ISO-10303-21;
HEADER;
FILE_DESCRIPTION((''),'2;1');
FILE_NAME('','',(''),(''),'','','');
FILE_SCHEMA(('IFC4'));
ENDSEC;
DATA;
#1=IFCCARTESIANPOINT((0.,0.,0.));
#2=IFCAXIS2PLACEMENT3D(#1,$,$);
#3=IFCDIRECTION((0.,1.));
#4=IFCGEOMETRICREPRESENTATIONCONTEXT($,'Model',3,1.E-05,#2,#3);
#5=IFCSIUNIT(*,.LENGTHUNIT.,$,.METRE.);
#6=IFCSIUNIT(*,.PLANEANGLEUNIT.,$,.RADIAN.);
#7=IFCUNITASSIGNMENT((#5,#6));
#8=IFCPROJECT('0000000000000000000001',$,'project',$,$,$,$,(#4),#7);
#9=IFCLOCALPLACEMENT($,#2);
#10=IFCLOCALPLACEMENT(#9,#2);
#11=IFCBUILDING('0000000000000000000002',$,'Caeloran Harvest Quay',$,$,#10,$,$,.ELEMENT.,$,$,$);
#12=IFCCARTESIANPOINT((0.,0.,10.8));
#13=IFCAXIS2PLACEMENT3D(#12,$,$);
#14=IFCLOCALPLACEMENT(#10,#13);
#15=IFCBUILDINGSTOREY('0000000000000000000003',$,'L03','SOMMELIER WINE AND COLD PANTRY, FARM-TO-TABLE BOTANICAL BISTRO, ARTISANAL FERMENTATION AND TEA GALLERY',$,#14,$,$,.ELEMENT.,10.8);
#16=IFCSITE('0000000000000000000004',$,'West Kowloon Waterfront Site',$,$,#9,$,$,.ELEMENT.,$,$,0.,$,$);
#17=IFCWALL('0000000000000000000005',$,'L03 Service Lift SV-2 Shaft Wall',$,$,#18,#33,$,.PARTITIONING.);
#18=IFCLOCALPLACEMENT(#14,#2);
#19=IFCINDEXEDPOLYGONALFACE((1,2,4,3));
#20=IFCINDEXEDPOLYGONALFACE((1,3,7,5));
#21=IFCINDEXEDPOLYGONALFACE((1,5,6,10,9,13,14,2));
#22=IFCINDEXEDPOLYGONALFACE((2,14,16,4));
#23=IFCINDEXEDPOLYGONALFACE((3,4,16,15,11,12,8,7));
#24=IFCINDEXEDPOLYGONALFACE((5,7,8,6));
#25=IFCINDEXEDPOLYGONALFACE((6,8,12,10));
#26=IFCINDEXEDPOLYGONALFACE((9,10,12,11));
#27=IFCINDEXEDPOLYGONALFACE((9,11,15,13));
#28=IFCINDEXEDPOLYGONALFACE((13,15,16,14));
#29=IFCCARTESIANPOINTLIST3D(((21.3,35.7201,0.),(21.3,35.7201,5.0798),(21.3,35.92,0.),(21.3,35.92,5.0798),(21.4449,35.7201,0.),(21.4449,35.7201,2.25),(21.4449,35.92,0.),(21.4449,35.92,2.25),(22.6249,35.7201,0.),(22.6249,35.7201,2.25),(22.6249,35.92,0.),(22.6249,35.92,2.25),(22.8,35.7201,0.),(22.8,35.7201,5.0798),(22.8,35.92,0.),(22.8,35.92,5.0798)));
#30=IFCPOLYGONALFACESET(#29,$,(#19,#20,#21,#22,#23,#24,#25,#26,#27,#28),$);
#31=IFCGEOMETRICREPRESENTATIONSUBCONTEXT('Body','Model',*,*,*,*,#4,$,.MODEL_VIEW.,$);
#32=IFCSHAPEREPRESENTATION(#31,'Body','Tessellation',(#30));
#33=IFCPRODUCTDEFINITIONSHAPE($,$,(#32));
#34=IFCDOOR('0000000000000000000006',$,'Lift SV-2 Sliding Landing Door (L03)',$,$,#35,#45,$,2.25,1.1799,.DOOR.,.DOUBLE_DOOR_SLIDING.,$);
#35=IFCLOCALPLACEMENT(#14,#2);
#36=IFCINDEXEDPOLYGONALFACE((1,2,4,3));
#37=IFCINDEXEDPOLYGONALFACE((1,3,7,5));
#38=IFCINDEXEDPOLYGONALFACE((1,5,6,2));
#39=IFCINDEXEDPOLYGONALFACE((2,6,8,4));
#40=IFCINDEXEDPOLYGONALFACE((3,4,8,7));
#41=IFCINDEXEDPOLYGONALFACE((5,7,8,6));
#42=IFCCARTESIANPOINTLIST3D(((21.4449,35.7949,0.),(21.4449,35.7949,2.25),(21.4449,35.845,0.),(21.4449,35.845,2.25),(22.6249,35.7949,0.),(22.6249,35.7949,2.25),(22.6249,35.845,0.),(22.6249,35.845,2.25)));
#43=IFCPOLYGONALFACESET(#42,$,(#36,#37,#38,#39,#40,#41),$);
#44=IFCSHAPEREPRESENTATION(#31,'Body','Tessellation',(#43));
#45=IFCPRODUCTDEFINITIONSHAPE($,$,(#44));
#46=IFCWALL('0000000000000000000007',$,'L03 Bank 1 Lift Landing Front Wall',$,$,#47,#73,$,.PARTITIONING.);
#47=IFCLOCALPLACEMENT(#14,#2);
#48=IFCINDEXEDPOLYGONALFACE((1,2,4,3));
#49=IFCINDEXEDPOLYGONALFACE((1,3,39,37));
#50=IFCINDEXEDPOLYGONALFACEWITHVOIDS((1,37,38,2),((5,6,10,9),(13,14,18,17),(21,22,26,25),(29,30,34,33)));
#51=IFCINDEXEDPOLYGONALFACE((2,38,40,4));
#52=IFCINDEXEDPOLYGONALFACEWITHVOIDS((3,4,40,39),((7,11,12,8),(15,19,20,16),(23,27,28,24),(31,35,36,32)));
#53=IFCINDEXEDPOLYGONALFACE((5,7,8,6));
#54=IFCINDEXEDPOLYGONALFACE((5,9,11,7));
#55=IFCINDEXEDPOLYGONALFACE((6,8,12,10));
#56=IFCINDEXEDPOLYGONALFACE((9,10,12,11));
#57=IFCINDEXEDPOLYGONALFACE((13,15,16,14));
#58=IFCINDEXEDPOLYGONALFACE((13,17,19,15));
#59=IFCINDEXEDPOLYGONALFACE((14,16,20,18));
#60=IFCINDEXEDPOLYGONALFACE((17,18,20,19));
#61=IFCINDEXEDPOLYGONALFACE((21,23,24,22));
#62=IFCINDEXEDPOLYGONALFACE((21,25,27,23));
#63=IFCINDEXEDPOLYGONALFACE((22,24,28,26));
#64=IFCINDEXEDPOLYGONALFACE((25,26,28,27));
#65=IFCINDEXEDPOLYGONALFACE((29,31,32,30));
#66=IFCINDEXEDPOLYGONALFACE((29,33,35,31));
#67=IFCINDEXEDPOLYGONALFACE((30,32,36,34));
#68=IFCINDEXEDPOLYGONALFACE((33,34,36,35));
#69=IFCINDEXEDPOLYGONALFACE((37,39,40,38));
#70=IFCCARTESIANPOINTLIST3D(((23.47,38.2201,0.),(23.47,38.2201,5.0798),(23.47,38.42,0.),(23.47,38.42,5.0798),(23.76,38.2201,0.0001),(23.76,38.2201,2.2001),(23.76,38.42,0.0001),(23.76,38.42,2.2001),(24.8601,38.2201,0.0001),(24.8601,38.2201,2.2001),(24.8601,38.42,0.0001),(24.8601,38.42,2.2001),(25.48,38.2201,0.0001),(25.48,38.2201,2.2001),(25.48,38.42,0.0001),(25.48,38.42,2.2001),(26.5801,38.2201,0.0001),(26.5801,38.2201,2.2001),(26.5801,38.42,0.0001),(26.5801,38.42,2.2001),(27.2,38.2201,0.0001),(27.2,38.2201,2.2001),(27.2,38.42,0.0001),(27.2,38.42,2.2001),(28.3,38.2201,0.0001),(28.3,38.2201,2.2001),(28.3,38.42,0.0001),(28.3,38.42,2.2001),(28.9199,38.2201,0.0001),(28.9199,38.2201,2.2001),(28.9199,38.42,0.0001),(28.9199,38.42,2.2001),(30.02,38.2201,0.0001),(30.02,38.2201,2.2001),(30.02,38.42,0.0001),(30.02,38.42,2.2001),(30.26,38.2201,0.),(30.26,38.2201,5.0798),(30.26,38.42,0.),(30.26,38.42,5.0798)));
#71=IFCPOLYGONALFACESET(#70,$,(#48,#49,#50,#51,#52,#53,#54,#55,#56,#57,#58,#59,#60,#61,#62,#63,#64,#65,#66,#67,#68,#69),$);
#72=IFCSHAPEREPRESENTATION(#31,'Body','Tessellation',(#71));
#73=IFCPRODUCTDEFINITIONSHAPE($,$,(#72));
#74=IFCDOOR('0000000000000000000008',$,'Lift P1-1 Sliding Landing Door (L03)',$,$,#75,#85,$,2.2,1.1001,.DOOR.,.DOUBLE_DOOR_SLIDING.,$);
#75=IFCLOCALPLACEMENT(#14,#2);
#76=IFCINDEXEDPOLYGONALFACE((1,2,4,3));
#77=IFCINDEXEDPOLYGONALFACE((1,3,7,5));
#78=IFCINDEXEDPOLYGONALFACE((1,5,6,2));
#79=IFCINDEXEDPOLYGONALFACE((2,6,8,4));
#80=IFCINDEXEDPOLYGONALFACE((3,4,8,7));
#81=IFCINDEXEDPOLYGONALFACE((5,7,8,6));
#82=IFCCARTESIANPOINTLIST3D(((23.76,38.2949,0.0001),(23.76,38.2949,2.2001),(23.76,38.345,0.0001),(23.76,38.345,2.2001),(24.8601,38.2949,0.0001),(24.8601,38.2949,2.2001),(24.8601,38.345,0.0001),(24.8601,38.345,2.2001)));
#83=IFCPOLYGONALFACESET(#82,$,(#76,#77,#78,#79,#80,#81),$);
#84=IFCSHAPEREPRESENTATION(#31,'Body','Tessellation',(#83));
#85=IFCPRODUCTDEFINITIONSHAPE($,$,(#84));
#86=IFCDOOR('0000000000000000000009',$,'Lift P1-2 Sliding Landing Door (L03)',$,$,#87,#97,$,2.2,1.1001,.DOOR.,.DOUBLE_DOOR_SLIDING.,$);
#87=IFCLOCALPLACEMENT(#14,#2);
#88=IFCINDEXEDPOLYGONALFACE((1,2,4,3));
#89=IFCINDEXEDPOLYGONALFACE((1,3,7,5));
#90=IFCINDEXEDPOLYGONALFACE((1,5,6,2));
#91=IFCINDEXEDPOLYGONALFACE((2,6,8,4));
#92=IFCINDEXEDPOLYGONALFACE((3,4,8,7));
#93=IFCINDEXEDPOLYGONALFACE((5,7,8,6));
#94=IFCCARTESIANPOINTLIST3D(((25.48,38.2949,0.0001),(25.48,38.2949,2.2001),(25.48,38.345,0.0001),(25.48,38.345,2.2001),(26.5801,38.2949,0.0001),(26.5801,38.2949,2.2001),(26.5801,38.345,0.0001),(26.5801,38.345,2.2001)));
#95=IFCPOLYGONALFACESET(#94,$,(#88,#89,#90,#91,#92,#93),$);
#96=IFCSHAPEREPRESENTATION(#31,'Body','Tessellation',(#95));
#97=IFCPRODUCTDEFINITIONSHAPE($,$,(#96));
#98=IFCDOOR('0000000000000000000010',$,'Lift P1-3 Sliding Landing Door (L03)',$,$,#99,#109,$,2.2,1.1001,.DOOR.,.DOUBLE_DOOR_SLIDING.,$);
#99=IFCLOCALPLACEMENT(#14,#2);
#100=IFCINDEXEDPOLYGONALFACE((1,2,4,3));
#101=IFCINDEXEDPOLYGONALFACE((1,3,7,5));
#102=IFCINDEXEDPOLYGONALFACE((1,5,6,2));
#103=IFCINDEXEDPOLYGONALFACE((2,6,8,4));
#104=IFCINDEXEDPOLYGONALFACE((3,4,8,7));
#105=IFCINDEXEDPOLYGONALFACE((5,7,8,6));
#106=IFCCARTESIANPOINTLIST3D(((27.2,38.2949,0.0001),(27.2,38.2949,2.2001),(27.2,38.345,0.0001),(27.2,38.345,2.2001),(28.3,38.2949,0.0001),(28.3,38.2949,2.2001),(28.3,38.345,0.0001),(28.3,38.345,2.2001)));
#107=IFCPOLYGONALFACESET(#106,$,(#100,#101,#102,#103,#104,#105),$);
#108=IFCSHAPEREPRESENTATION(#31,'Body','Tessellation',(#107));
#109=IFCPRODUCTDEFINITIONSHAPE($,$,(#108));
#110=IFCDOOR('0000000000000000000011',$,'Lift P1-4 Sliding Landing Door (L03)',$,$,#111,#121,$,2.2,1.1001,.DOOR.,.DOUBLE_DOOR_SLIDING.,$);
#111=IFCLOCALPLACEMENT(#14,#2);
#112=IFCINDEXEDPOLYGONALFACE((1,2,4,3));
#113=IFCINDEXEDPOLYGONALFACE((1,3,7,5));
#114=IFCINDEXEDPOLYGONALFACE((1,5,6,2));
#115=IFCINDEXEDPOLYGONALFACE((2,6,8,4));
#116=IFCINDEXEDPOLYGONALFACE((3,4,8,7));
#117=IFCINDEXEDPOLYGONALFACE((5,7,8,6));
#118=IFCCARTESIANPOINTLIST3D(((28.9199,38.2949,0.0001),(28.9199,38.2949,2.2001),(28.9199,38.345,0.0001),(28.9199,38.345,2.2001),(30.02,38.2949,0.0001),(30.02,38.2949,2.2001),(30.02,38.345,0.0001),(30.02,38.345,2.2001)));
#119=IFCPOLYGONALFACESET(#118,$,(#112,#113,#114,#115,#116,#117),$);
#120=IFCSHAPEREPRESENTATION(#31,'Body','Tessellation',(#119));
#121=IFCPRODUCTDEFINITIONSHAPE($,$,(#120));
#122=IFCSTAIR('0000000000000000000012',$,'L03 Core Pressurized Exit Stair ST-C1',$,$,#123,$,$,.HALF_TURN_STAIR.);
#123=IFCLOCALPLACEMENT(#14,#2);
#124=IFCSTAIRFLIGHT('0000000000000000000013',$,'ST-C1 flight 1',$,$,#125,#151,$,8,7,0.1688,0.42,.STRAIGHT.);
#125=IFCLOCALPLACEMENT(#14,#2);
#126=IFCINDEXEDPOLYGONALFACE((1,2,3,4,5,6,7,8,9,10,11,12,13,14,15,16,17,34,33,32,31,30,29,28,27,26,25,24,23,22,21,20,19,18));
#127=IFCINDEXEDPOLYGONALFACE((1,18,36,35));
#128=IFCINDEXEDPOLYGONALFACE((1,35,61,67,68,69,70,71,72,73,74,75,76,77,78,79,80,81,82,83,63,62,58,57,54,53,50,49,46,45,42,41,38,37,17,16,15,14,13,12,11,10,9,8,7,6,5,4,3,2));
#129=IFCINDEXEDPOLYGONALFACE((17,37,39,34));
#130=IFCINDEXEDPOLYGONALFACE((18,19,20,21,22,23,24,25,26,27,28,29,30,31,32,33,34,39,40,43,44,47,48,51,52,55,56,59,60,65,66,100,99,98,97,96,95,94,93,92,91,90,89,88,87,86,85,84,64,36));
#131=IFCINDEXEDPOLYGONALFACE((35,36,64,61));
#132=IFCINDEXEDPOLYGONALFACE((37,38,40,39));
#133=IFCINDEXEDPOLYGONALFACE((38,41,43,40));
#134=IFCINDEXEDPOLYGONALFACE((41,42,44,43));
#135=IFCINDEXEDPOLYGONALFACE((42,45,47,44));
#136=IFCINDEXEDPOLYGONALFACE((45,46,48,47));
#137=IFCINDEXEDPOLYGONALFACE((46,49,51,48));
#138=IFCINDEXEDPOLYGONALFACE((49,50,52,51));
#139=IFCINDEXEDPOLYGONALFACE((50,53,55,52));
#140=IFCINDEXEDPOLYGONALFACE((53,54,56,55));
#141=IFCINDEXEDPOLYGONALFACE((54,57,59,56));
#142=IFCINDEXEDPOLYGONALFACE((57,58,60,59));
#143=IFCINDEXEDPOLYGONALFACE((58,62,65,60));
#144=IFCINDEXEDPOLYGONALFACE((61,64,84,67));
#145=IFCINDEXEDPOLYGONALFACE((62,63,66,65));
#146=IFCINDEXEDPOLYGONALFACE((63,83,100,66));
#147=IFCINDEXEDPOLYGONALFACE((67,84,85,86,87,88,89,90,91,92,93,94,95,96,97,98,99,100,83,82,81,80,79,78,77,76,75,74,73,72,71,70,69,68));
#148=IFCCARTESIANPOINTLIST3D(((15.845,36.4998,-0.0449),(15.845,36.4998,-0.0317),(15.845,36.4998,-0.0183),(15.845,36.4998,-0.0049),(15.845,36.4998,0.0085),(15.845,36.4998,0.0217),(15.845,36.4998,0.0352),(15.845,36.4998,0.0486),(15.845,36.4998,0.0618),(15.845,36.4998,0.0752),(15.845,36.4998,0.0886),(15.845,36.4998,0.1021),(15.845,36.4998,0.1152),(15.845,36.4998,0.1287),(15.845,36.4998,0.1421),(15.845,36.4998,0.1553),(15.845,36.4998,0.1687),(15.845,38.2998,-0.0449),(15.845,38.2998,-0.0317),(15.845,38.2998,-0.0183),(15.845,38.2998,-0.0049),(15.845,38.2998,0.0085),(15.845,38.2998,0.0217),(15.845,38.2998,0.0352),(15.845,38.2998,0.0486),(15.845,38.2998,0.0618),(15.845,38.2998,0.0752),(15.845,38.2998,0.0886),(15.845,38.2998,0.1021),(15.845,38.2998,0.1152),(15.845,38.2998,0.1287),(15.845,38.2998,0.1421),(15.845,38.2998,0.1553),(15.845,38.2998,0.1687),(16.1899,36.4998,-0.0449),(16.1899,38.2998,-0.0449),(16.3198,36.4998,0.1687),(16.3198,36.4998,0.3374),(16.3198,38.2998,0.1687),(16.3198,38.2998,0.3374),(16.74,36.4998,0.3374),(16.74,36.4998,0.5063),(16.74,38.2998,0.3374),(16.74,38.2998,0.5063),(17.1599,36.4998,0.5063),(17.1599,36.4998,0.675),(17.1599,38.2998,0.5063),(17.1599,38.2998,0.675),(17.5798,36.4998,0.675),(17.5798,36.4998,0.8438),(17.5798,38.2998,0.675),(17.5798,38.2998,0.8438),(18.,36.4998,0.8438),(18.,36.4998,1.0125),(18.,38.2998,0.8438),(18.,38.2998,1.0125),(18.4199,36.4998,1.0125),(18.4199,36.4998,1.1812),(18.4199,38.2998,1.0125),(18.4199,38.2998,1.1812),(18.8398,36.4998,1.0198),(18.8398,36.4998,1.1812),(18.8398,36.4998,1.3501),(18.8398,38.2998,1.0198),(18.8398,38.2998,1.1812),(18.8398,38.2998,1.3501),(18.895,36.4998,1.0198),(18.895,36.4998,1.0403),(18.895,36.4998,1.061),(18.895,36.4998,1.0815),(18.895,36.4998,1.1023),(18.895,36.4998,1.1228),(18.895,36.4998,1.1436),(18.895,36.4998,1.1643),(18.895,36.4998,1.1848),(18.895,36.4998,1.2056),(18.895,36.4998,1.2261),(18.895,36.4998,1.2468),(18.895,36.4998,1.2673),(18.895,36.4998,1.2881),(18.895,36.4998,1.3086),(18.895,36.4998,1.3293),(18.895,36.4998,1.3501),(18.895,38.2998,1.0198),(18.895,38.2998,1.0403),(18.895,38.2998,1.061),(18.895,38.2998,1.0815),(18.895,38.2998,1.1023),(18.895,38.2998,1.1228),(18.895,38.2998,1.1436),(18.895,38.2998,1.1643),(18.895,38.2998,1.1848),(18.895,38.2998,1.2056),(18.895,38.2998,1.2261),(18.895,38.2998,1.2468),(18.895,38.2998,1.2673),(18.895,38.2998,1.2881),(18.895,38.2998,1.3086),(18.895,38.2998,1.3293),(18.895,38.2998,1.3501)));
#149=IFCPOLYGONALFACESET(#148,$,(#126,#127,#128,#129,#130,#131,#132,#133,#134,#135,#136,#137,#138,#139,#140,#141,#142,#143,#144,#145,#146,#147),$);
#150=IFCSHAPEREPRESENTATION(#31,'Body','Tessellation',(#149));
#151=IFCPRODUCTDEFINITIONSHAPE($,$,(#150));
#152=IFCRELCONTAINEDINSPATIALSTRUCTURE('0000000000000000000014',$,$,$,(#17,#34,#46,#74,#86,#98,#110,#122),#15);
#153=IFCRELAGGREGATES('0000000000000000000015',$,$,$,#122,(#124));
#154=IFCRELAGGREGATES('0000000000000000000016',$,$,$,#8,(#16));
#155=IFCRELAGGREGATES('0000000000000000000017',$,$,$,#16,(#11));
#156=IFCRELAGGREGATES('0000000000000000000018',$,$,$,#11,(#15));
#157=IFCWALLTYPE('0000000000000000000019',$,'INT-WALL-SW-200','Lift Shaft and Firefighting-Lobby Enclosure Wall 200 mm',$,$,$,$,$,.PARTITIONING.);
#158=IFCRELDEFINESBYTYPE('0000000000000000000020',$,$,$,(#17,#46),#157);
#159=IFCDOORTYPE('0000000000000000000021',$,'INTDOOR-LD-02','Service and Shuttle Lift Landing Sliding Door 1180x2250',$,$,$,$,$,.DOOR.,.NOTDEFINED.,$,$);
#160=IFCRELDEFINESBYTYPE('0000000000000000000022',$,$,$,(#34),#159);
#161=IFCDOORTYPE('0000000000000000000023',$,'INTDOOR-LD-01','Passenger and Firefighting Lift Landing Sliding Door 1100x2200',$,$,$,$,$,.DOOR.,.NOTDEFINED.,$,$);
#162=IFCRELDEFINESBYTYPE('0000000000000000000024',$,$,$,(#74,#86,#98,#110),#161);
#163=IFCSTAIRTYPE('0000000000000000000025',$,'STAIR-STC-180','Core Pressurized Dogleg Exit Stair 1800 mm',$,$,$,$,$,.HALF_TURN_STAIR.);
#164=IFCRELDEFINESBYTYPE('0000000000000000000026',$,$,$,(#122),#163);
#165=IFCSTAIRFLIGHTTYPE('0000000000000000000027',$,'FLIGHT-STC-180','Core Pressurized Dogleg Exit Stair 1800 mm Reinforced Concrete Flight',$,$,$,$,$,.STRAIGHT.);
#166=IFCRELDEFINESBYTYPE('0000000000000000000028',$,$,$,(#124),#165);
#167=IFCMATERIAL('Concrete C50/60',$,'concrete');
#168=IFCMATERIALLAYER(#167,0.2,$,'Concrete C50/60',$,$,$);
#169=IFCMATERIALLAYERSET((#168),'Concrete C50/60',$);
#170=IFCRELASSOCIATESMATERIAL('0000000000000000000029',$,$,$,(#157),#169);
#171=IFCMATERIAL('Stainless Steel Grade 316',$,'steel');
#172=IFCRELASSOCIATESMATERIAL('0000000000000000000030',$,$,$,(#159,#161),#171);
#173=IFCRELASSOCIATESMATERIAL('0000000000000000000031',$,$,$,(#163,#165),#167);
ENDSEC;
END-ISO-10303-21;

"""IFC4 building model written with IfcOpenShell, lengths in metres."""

from ifc_helpers import new_model, si_unit, direction, frame, frame_2d, origin, place, context, subcontext, project, spatial, polyline, rectangle, outline, extrude, material, layer, layer_set, type_object, element, fill, aggregate, save


model = new_model("IFC4")

# Units and contexts
model_context = context("Model", 3, precision=1e-05, world=origin(), true_north=direction((0.0, 1.0)))
body_context = subcontext(model_context, "Body", "Model", "MODEL_VIEW")
ifc_project = project(units=[si_unit("LENGTHUNIT", "METRE"), si_unit("PLANEANGLEUNIT", "RADIAN")], contexts=[model_context])

# Site, building, storey
site_placement = place(None, origin())
site = spatial("IfcSite", under=ifc_project, at=site_placement, Name="West Kowloon Waterfront Site", CompositionType="ELEMENT", RefElevation=0.0)
building_placement = place(site_placement, origin())
building = spatial("IfcBuilding", under=site, at=building_placement, Name="Caeloran Harvest Quay", CompositionType="ELEMENT")
storey_placement = place(building_placement, frame((0.0, 0.0, 10.8)))
storey = spatial("IfcBuildingStorey", under=building, at=storey_placement, Name="L03", Description="SOMMELIER WINE AND COLD PANTRY, FARM-TO-TABLE BOTANICAL BISTRO, ARTISANAL FERMENTATION AND TEA GALLERY", CompositionType="ELEMENT", Elevation=10.8)

# Wall, opening, door
ifc_material_1 = material(Name="Concrete C50/60", Category="concrete")
ifc_layer_1 = layer(ifc_material_1, 0.2, Name="Concrete C50/60")
ifc_layer_set_1 = layer_set([ifc_layer_1], Name="Concrete C50/60")
wall_type = type_object("IfcWallType", Name="INT-WALL-SW-200", Description="Lift Shaft and Firefighting-Lobby Enclosure Wall 200 mm", PredefinedType="PARTITIONING", material=ifc_layer_set_1)
wall_1_placement = place(storey_placement, frame((21.3, 35.8201, 0.0), z_axis=(0.0, 0.0, 1.0), x_axis=(1.0, 0.0, 0.0)))
wall_1 = element("IfcWall", 1, at=wall_1_placement, inside=storey, type_object=wall_type, Name="L03 Service Lift SV-2 Shaft Wall", PredefinedType="PARTITIONING", context=body_context, shape_type="SweptSolid", body=[
    extrude(rectangle(XDim=1.5, YDim=0.2, at=frame_2d((0.75, 0.0))), origin(), (0.0, 0.0, 1.0), 5.0798),
])
opening_1_placement = place(wall_1_placement, frame((0.145, 0.0, 0.0)))
opening_1 = element("IfcOpeningElement", 2, at=opening_1_placement, cuts=wall_1, PredefinedType="OPENING", context=body_context, shape_type="SweptSolid", body=[
    extrude(rectangle(XDim=1.1799, YDim=2.25, at=frame_2d((0.5898, 1.125))), frame((0.0, 0.1099, 0.0), z_axis=(0.0, -1.0, 0.0), x_axis=(1.0, 0.0, 0.0)), (0.0, 0.0, 1.0), 0.22),
])
ifc_material_2 = material(Name="Stainless Steel Grade 316", Category="steel")
door_type_1 = type_object("IfcDoorType", Name="INTDOOR-LD-02", Description="Service and Shuttle Lift Landing Sliding Door 1180x2250", OperationType="NOTDEFINED", PredefinedType="DOOR", material=ifc_material_2)
door_1_placement = place(opening_1_placement, origin())
door_1 = element("IfcDoor", 3, at=door_1_placement, inside=storey, type_object=door_type_1, Name="Lift SV-2 Sliding Landing Door (L03)", OperationType="DOUBLE_DOOR_SLIDING", OverallHeight=2.25, OverallWidth=1.1799, PredefinedType="DOOR", context=body_context, shape_type="SweptSolid", body=[
    extrude(rectangle(XDim=1.1799, YDim=2.25, at=frame_2d((0.5898, 1.125))), frame((0.0, 0.0249, 0.0), z_axis=(0.0, -1.0, 0.0), x_axis=(1.0, 0.0, 0.0)), (0.0, 0.0, 1.0), 0.05),
])
fill(opening_1, door_1)

# Wall, openings, doors
wall_2_placement = place(storey_placement, frame((23.47, 38.3201, 0.0), z_axis=(0.0, 0.0, 1.0), x_axis=(1.0, 0.0, 0.0)))
wall_2 = element("IfcWall", 4, at=wall_2_placement, inside=storey, type_object=wall_type, Name="L03 Bank 1 Lift Landing Front Wall", PredefinedType="PARTITIONING", context=body_context, shape_type="SweptSolid", body=[
    extrude(rectangle(XDim=6.79, YDim=0.2, at=frame_2d((3.395, 0.0))), origin(), (0.0, 0.0, 1.0), 5.0798),
])
opening_2_placement = place(wall_2_placement, frame((0.29, 0.0, 0.0)))
opening_2 = element("IfcOpeningElement", 5, at=opening_2_placement, cuts=wall_2, PredefinedType="OPENING", context=body_context, shape_type="SweptSolid", body=[
    extrude(rectangle(XDim=1.1001, YDim=2.2, at=frame_2d((0.55, 1.1001))), frame((0.0, 0.1099, 0.0), z_axis=(0.0, -1.0, 0.0), x_axis=(1.0, 0.0, 0.0)), (0.0, 0.0, 1.0), 0.22),
])
opening_3_placement = place(wall_2_placement, frame((2.01, 0.0, 0.0)))
opening_3 = element("IfcOpeningElement", 6, at=opening_3_placement, cuts=wall_2, PredefinedType="OPENING", context=body_context, shape_type="SweptSolid", body=[
    extrude(rectangle(XDim=1.1001, YDim=2.2, at=frame_2d((0.55, 1.1001))), frame((0.0, 0.1099, 0.0), z_axis=(0.0, -1.0, 0.0), x_axis=(1.0, 0.0, 0.0)), (0.0, 0.0, 1.0), 0.22),
])
opening_4_placement = place(wall_2_placement, frame((3.73, 0.0, 0.0)))
opening_4 = element("IfcOpeningElement", 7, at=opening_4_placement, cuts=wall_2, PredefinedType="OPENING", context=body_context, shape_type="SweptSolid", body=[
    extrude(rectangle(XDim=1.1001, YDim=2.2, at=frame_2d((0.55, 1.1001))), frame((0.0, 0.1099, 0.0), z_axis=(0.0, -1.0, 0.0), x_axis=(1.0, 0.0, 0.0)), (0.0, 0.0, 1.0), 0.22),
])
opening_5_placement = place(wall_2_placement, frame((5.45, 0.0, 0.0)))
opening_5 = element("IfcOpeningElement", 8, at=opening_5_placement, cuts=wall_2, PredefinedType="OPENING", context=body_context, shape_type="SweptSolid", body=[
    extrude(rectangle(XDim=1.1001, YDim=2.2, at=frame_2d((0.55, 1.1001))), frame((0.0, 0.1099, 0.0), z_axis=(0.0, -1.0, 0.0), x_axis=(1.0, 0.0, 0.0)), (0.0, 0.0, 1.0), 0.22),
])
door_type_2 = type_object("IfcDoorType", Name="INTDOOR-LD-01", Description="Passenger and Firefighting Lift Landing Sliding Door 1100x2200", OperationType="NOTDEFINED", PredefinedType="DOOR", material=ifc_material_2)
door_2_placement = place(opening_2_placement, origin())
door_2 = element("IfcDoor", 9, at=door_2_placement, inside=storey, type_object=door_type_2, Name="Lift P1-1 Sliding Landing Door (L03)", OperationType="DOUBLE_DOOR_SLIDING", OverallHeight=2.2, OverallWidth=1.1001, PredefinedType="DOOR", context=body_context, shape_type="SweptSolid", body=[
    extrude(rectangle(XDim=1.1001, YDim=2.2, at=frame_2d((0.55, 1.1001))), frame((0.0, 0.0249, 0.0), z_axis=(0.0, -1.0, 0.0), x_axis=(1.0, 0.0, 0.0)), (0.0, 0.0, 1.0), 0.05),
])
fill(opening_2, door_2)
door_3_placement = place(opening_3_placement, origin())
door_3 = element("IfcDoor", 10, at=door_3_placement, inside=storey, type_object=door_type_2, Name="Lift P1-2 Sliding Landing Door (L03)", OperationType="DOUBLE_DOOR_SLIDING", OverallHeight=2.2, OverallWidth=1.1001, PredefinedType="DOOR", context=body_context, shape_type="SweptSolid", body=[
    extrude(rectangle(XDim=1.1001, YDim=2.2, at=frame_2d((0.55, 1.1001))), frame((0.0, 0.0249, 0.0), z_axis=(0.0, -1.0, 0.0), x_axis=(1.0, 0.0, 0.0)), (0.0, 0.0, 1.0), 0.05),
])
fill(opening_3, door_3)
door_4_placement = place(opening_4_placement, origin())
door_4 = element("IfcDoor", 11, at=door_4_placement, inside=storey, type_object=door_type_2, Name="Lift P1-3 Sliding Landing Door (L03)", OperationType="DOUBLE_DOOR_SLIDING", OverallHeight=2.2, OverallWidth=1.1001, PredefinedType="DOOR", context=body_context, shape_type="SweptSolid", body=[
    extrude(rectangle(XDim=1.1001, YDim=2.2, at=frame_2d((0.55, 1.1001))), frame((0.0, 0.0249, 0.0), z_axis=(0.0, -1.0, 0.0), x_axis=(1.0, 0.0, 0.0)), (0.0, 0.0, 1.0), 0.05),
])
fill(opening_4, door_4)
door_5_placement = place(opening_5_placement, origin())
door_5 = element("IfcDoor", 12, at=door_5_placement, inside=storey, type_object=door_type_2, Name="Lift P1-4 Sliding Landing Door (L03)", OperationType="DOUBLE_DOOR_SLIDING", OverallHeight=2.2, OverallWidth=1.1001, PredefinedType="DOOR", context=body_context, shape_type="SweptSolid", body=[
    extrude(rectangle(XDim=1.1001, YDim=2.2, at=frame_2d((0.55, 1.1001))), frame((0.0, 0.0249, 0.0), z_axis=(0.0, -1.0, 0.0), x_axis=(1.0, 0.0, 0.0)), (0.0, 0.0, 1.0), 0.05),
])
fill(opening_5, door_5)

# Stair, stair flight
stair_type = type_object("IfcStairType", Name="STAIR-STC-180", Description="Core Pressurized Dogleg Exit Stair 1800 mm", PredefinedType="HALF_TURN_STAIR", material=ifc_material_1)
stair_1_placement = place(storey_placement, origin())
stair_1 = element("IfcStair", 13, at=stair_1_placement, inside=storey, type_object=stair_type, Name="L03 Core Pressurized Exit Stair ST-C1", PredefinedType="HALF_TURN_STAIR")
stair_flight_type = type_object("IfcStairFlightType", Name="FLIGHT-STC-180", Description="Core Pressurized Dogleg Exit Stair 1800 mm Reinforced Concrete Flight", PredefinedType="STRAIGHT", material=ifc_material_1)
stair_flight_1_placement = place(storey_placement, frame((15.8999, 37.3999, 0.0), z_axis=(0.0, 0.0, 1.0), x_axis=(1.0, 0.0, 0.0)))
stair_flight_1 = element("IfcStairFlight", 14, at=stair_flight_1_placement, type_object=stair_flight_type, Name="ST-C1 flight 1", NumberOfRisers=8, NumberOfTreads=7, PredefinedType="STRAIGHT", RiserHeight=0.1688, TreadLength=0.42, context=body_context, shape_type="SweptSolid", body=[
    extrude(outline(polyline([(-0.0549, -0.0449), (-0.0549, -0.0317), (-0.0549, -0.0183), (-0.0549, -0.0049), (-0.0549, 0.0085), (-0.0549, 0.0217), (-0.0549, 0.0352), (-0.0549, 0.0486), (-0.0549, 0.0618), (-0.0549, 0.0752), (-0.0549, 0.0886), (-0.0549, 0.1021), (-0.0549, 0.1152), (-0.0549, 0.1287), (-0.0549, 0.1421), (-0.0549, 0.1553), (-0.0549, 0.1687), (0.4199, 0.1687), (0.4199, 0.3374), (0.8401, 0.3374), (0.8401, 0.5063), (1.26, 0.5063), (1.26, 0.675), (1.6799, 0.675), (1.6799, 0.8438), (2.1001, 0.8438), (2.1001, 1.0125), (2.52, 1.0125), (2.52, 1.1812), (2.9399, 1.1812), (2.9399, 1.3501), (2.9951, 1.3501), (2.9951, 1.3293), (2.9951, 1.3086), (2.9951, 1.2881), (2.9951, 1.2673), (2.9951, 1.2468), (2.9951, 1.2261), (2.9951, 1.2056), (2.9951, 1.1848), (2.9951, 1.1643), (2.9951, 1.1436), (2.9951, 1.1228), (2.9951, 1.1023), (2.9951, 1.0815), (2.9951, 1.061), (2.9951, 1.0403), (2.9951, 1.0198), (2.9399, 1.0198), (0.29, -0.0449), (-0.0549, -0.0449)])), frame((0.0, 0.8999, 0.0), z_axis=(0.0, -1.0, 0.0), x_axis=(1.0, 0.0, 0.0)), (0.0, 0.0, 1.0), 1.8),
])
aggregate(stair_1, [stair_flight_1])

save(model, "model.ifc")
